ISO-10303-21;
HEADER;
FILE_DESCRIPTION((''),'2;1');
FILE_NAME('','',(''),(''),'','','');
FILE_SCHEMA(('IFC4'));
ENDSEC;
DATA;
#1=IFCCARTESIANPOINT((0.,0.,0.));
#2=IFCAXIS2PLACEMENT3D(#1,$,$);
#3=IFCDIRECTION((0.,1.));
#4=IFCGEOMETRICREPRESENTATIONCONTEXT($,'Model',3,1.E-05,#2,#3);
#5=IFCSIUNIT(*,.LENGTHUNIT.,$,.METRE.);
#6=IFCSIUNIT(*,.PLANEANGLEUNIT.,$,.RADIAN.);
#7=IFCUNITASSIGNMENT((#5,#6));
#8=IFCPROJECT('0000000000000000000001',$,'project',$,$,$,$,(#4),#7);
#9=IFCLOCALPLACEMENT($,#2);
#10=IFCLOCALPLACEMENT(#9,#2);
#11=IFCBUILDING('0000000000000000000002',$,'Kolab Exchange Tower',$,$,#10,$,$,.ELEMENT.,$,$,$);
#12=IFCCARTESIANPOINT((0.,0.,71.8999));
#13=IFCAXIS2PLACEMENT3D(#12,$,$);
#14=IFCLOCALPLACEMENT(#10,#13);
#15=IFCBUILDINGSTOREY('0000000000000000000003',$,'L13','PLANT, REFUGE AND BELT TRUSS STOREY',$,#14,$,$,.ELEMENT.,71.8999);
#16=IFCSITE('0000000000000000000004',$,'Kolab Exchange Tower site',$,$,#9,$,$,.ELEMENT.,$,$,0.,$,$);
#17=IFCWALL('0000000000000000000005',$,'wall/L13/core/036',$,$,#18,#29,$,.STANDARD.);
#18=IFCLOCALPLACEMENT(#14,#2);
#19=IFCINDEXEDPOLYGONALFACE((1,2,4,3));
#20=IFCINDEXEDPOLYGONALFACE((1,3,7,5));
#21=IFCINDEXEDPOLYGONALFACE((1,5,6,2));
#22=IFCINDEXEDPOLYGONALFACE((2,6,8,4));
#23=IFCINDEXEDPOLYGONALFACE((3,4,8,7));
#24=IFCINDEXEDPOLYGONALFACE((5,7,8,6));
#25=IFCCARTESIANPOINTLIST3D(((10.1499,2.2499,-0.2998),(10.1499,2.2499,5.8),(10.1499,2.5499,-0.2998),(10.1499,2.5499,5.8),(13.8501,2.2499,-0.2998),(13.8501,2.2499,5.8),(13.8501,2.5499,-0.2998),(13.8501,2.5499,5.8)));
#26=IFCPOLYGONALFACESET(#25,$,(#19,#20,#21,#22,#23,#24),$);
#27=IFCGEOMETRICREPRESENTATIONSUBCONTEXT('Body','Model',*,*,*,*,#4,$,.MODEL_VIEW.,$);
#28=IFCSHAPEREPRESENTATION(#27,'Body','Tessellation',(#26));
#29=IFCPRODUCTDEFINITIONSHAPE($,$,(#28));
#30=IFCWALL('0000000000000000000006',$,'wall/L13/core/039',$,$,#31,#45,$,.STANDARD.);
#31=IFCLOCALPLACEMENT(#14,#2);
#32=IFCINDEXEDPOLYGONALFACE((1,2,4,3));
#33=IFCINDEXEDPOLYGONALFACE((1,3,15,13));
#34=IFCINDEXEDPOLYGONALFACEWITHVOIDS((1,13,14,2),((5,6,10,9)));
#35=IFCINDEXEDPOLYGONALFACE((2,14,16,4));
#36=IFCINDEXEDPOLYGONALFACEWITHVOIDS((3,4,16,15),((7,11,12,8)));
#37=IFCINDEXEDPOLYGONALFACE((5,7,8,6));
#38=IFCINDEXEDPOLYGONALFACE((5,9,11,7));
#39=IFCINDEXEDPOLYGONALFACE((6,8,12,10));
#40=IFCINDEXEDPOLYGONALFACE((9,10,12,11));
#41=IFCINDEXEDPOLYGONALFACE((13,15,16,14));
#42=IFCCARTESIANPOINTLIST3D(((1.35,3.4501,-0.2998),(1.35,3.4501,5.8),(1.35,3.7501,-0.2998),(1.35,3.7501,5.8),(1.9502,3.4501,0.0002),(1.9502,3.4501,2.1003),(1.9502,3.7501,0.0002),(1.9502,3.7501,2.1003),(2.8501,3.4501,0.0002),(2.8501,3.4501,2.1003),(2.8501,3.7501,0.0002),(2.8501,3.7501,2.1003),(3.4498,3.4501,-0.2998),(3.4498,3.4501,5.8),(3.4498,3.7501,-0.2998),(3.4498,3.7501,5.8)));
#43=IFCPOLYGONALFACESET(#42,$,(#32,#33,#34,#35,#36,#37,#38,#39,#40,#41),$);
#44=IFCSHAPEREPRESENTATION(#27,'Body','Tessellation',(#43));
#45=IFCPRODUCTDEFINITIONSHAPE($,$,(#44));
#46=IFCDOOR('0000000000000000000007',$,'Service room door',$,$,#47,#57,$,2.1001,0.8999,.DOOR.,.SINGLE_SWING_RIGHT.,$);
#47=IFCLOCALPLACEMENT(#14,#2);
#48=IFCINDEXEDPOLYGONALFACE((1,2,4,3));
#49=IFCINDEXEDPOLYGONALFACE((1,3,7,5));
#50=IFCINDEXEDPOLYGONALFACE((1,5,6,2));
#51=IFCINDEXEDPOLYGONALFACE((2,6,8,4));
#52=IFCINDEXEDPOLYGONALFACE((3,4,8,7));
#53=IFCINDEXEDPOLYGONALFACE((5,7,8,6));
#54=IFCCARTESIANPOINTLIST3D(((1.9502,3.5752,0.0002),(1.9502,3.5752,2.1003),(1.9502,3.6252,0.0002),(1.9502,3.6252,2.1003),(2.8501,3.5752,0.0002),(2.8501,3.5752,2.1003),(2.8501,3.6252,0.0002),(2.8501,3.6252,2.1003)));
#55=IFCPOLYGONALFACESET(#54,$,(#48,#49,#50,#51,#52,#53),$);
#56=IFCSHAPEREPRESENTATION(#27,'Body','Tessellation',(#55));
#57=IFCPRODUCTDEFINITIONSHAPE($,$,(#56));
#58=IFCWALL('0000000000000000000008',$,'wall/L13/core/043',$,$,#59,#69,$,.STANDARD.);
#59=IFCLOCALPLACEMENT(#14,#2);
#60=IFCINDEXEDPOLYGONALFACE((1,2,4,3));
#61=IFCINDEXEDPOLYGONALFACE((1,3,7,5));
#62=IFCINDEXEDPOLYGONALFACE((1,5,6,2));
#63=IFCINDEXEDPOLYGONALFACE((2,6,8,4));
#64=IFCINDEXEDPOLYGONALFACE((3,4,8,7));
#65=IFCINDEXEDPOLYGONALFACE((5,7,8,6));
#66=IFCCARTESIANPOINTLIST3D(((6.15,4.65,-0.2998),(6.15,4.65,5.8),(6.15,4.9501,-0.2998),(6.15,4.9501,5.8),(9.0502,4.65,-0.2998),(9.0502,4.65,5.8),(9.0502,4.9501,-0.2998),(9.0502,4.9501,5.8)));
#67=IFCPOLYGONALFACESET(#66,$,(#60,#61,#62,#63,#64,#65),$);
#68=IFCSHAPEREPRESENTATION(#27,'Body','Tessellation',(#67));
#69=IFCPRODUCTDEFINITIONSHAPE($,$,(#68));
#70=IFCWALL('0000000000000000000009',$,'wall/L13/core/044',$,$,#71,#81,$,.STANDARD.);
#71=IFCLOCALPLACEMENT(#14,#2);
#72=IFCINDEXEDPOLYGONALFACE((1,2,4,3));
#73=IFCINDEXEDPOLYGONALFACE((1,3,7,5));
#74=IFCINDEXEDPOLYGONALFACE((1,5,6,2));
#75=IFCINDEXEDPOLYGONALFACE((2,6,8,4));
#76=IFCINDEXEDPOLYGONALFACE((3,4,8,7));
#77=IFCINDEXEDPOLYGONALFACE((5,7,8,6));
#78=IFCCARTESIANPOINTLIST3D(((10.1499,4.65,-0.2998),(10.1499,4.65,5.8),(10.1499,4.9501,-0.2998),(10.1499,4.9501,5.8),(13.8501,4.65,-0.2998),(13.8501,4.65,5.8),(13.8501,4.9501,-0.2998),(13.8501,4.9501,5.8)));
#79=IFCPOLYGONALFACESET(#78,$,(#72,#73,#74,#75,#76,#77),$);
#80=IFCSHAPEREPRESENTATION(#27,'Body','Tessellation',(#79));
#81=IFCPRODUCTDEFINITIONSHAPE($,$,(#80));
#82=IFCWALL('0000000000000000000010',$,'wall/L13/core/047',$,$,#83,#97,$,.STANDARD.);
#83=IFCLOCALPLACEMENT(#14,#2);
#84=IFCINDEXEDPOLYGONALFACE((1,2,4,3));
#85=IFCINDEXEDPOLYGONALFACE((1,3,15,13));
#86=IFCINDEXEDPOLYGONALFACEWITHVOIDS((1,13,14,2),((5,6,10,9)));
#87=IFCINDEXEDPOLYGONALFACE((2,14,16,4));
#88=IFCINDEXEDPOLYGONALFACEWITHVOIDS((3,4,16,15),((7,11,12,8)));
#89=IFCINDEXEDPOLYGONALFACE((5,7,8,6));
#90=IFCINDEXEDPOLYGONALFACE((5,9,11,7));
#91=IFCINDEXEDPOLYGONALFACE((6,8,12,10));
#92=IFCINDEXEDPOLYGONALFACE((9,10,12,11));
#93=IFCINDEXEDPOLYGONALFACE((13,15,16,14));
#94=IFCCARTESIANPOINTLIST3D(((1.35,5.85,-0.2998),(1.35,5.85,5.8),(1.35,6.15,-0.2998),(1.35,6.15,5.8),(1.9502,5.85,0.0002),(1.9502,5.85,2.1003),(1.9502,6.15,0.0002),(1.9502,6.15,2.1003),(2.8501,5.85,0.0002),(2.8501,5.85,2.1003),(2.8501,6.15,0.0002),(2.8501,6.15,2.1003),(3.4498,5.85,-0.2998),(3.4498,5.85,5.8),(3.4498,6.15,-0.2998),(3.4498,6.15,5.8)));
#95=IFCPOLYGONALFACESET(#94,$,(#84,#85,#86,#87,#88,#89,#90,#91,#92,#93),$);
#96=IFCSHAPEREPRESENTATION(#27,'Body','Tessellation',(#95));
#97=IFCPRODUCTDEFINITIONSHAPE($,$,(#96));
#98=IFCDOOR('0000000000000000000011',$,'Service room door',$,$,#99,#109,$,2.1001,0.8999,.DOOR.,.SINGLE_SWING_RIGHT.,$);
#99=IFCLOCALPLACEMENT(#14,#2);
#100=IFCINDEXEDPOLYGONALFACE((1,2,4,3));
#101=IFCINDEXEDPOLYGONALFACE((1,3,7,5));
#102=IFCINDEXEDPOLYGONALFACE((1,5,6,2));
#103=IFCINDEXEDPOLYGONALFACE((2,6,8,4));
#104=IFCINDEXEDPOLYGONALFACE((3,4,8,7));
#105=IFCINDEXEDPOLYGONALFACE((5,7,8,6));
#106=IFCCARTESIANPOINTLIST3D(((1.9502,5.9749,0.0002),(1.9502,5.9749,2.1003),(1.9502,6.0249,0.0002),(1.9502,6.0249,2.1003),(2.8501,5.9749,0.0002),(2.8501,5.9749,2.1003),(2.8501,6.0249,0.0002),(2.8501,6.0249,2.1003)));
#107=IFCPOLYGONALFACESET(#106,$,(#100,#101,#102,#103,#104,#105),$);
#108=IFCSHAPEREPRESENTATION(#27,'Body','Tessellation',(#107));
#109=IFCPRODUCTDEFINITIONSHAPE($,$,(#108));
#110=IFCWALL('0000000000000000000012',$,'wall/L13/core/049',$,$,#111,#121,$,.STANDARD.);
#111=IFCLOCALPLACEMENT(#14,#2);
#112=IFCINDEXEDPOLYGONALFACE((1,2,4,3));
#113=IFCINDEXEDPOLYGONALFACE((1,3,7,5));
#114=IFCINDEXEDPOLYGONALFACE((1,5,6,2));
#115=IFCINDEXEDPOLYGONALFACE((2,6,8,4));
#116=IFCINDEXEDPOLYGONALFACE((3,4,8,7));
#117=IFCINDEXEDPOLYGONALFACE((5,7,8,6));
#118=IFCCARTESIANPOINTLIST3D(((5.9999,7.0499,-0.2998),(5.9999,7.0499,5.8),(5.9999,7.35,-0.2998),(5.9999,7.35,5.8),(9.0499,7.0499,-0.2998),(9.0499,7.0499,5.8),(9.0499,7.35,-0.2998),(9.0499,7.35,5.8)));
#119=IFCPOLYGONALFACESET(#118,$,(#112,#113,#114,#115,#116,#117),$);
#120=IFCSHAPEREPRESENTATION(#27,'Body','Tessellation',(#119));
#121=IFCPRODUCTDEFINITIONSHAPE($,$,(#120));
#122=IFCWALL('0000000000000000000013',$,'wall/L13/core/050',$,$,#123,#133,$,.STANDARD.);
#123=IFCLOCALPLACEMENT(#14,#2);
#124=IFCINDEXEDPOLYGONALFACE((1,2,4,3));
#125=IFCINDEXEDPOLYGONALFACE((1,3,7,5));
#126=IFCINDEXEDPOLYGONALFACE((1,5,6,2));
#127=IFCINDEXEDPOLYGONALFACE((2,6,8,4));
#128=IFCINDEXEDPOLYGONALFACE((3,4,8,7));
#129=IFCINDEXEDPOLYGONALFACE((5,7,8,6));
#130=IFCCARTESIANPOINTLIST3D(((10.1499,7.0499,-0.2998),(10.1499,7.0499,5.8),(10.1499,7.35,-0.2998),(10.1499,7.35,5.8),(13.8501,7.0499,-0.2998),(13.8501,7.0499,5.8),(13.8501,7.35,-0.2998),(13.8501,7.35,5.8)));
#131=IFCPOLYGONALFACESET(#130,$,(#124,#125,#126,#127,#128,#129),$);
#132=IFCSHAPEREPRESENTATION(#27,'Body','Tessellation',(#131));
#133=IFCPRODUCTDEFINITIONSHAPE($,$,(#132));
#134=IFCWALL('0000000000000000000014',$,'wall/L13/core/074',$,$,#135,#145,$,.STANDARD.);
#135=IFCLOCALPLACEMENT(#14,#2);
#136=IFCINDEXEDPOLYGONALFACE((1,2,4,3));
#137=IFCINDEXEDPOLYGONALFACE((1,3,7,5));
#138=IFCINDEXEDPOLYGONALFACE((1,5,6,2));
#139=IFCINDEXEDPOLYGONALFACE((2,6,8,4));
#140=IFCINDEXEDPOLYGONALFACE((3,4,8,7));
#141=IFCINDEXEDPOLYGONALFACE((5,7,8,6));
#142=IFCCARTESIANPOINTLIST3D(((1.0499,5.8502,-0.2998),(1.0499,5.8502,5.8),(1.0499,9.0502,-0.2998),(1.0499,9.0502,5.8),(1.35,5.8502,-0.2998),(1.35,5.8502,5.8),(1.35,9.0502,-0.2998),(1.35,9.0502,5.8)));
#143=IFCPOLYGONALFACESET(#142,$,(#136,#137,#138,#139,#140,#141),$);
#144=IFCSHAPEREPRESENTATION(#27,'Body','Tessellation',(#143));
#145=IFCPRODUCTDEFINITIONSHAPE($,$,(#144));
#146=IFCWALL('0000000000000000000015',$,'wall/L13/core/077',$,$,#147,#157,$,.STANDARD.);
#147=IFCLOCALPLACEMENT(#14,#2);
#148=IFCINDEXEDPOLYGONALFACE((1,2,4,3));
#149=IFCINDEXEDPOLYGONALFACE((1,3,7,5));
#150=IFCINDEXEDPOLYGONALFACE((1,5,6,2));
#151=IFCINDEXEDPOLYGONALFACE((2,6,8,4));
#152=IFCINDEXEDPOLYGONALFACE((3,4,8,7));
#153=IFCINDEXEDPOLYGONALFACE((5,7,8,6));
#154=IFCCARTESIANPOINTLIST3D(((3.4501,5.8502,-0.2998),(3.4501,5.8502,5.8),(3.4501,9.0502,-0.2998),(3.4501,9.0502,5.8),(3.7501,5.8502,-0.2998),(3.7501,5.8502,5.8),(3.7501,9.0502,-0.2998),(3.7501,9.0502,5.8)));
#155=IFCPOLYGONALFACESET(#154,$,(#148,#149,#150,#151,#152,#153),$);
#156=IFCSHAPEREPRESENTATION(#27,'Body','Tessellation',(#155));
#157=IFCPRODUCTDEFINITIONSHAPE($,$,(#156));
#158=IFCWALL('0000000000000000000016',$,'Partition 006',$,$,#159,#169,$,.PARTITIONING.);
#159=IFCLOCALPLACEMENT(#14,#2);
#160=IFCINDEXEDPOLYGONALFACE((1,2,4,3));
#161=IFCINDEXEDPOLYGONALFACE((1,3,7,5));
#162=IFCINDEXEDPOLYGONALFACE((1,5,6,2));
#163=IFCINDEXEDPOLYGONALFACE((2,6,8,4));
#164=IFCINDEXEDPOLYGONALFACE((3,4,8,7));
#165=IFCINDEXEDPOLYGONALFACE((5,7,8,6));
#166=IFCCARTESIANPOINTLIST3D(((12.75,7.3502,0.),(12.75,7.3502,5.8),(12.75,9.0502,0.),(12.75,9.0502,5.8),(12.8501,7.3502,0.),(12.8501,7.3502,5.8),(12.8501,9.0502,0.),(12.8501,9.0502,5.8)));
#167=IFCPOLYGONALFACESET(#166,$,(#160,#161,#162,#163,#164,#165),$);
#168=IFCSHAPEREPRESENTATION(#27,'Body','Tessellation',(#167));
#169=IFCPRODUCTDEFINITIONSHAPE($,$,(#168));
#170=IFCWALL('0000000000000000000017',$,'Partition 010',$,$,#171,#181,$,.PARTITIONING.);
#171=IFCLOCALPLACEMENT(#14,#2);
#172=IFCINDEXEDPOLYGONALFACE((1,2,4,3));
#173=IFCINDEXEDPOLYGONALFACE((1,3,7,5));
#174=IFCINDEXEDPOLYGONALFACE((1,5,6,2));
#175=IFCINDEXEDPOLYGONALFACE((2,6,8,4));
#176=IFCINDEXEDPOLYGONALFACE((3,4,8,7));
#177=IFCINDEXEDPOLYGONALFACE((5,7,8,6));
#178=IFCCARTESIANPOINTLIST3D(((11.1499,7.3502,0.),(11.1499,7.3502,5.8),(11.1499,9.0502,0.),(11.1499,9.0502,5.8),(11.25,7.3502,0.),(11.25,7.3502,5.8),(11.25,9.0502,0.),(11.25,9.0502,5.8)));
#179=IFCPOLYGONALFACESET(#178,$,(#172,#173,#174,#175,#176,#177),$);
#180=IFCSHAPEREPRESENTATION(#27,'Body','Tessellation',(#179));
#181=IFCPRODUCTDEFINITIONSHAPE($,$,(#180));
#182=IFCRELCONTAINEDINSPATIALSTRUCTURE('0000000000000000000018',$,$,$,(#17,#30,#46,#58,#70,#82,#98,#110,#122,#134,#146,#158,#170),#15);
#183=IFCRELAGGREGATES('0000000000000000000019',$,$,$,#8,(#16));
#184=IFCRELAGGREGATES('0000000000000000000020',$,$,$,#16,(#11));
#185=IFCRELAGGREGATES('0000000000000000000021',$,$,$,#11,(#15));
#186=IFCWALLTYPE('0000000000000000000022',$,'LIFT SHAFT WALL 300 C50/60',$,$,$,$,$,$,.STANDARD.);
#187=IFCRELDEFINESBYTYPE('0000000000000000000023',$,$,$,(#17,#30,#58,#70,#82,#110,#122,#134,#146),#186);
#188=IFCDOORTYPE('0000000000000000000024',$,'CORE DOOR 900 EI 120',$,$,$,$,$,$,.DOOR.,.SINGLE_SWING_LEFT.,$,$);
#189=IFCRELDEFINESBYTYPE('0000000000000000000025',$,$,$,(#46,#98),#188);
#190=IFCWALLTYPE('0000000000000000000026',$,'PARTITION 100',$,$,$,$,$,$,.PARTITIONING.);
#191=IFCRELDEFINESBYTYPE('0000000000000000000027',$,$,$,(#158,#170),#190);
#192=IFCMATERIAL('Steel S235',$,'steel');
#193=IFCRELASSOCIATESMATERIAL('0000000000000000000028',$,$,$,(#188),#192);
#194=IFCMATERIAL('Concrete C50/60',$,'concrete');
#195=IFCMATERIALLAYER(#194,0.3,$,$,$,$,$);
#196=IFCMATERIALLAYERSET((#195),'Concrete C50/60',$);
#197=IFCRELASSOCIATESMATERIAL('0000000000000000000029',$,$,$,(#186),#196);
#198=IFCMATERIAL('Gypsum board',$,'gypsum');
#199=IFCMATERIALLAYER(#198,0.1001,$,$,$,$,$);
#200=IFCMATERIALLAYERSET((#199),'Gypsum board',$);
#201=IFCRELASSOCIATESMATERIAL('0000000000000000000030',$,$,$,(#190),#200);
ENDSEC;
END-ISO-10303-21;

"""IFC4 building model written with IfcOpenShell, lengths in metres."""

from ifc_helpers import new_model, si_unit, direction, frame, frame_2d, origin, place, context, subcontext, project, spatial, rectangle, extrude, material, layer, layer_set, type_object, element, fill, save


model = new_model("IFC4")

# Units and contexts
model_context = context("Model", 3, precision=1e-05, world=origin(), true_north=direction((0.0, 1.0)))
body_context = subcontext(model_context, "Body", "Model", "MODEL_VIEW")
ifc_project = project(units=[si_unit("LENGTHUNIT", "METRE"), si_unit("PLANEANGLEUNIT", "RADIAN")], contexts=[model_context])

# Site, building, storey
site_placement = place(None, origin())
site = spatial("IfcSite", under=ifc_project, at=site_placement, Name="Kolab Exchange Tower site", CompositionType="ELEMENT", RefElevation=0.0)
building_placement = place(site_placement, origin())
building = spatial("IfcBuilding", under=site, at=building_placement, Name="Kolab Exchange Tower", CompositionType="ELEMENT")
storey_placement = place(building_placement, frame((0.0, 0.0, 71.8999)))
storey = spatial("IfcBuildingStorey", under=building, at=storey_placement, Name="L13", Description="PLANT, REFUGE AND BELT TRUSS STOREY", CompositionType="ELEMENT", Elevation=71.8999)

# Shared definitions
ifc_material_1 = material(Name="Steel S235", Category="steel")
door_type = type_object("IfcDoorType", Name="CORE DOOR 900 EI 120", OperationType="SINGLE_SWING_LEFT", PredefinedType="DOOR", material=ifc_material_1)

# Wall
ifc_material_2 = material(Name="Concrete C50/60", Category="concrete")
ifc_layer_1 = layer(ifc_material_2, 0.3)
ifc_layer_set_1 = layer_set([ifc_layer_1], Name="Concrete C50/60")
wall_type_1 = type_object("IfcWallType", Name="LIFT SHAFT WALL 300 C50/60", PredefinedType="STANDARD", material=ifc_layer_set_1)
wall_1_placement = place(storey_placement, frame((10.1499, 2.3999, -0.2998), z_axis=(0.0, 0.0, 1.0), x_axis=(1.0, 0.0, 0.0)))
element("IfcWall", 1, at=wall_1_placement, inside=storey, type_object=wall_type_1, Name="wall/L13/core/036", PredefinedType="STANDARD", context=body_context, shape_type="SweptSolid", body=[
    extrude(rectangle(XDim=3.7002, YDim=0.3, at=frame_2d((1.8501, 0.0))), origin(), (0.0, 0.0, 1.0), 6.0999),
])

# Wall, opening, door
wall_2_placement = place(storey_placement, frame((1.3501, 3.6001, -0.2998), z_axis=(0.0, 0.0, 1.0), x_axis=(1.0, 0.0, 0.0)))
wall_2 = element("IfcWall", 2, at=wall_2_placement, inside=storey, type_object=wall_type_1, Name="wall/L13/core/039", PredefinedType="STANDARD", context=body_context, shape_type="SweptSolid", body=[
    extrude(rectangle(XDim=2.0999, YDim=0.3, at=frame_2d((1.0498, 0.0))), origin(), (0.0, 0.0, 1.0), 6.0999),
])
opening_1_placement = place(wall_2_placement, frame((0.6001, 0.0, 0.3)))
opening_1 = element("IfcOpeningElement", 3, at=opening_1_placement, cuts=wall_2, PredefinedType="OPENING", context=body_context, shape_type="SweptSolid", body=[
    extrude(rectangle(XDim=0.8999, YDim=2.1001, at=frame_2d((0.45, 1.05))), frame((0.0, 0.1602, 0.0), z_axis=(0.0, -1.0, 0.0), x_axis=(1.0, 0.0, 0.0)), (0.0, 0.0, 1.0), 0.3201),
])
door_1_placement = place(opening_1_placement, frame((0.8999, 0.0, 0.0), z_axis=(0.0, 0.0, 1.0), x_axis=(-1.0, 0.0, 0.0)))
door_1 = element("IfcDoor", 4, at=door_1_placement, inside=storey, type_object=door_type, Name="Service room door", OperationType="SINGLE_SWING_RIGHT", OverallHeight=2.1001, OverallWidth=0.8999, PredefinedType="DOOR", context=body_context, shape_type="SweptSolid", body=[
    extrude(rectangle(XDim=0.8999, YDim=2.1001, at=frame_2d((0.45, 1.05))), frame((0.0, 0.0249, 0.0), z_axis=(0.0, -1.0, 0.0), x_axis=(1.0, 0.0, 0.0)), (0.0, 0.0, 1.0), 0.05),
])
fill(opening_1, door_1)

# Walls
wall_3_placement = place(storey_placement, frame((6.1499, 4.8, -0.2998), z_axis=(0.0, 0.0, 1.0), x_axis=(1.0, 0.0, 0.0)))
element("IfcWall", 5, at=wall_3_placement, inside=storey, type_object=wall_type_1, Name="wall/L13/core/043", PredefinedType="STANDARD", context=body_context, shape_type="SweptSolid", body=[
    extrude(rectangle(XDim=2.9001, YDim=0.3, at=frame_2d((1.4502, 0.0))), origin(), (0.0, 0.0, 1.0), 6.0999),
])
wall_4_placement = place(storey_placement, frame((10.1499, 4.8, -0.2998), z_axis=(0.0, 0.0, 1.0), x_axis=(1.0, 0.0, 0.0)))
element("IfcWall", 6, at=wall_4_placement, inside=storey, type_object=wall_type_1, Name="wall/L13/core/044", PredefinedType="STANDARD", context=body_context, shape_type="SweptSolid", body=[
    extrude(rectangle(XDim=3.7002, YDim=0.3, at=frame_2d((1.8501, 0.0))), origin(), (0.0, 0.0, 1.0), 6.0999),
])

# Wall, opening, door
wall_5_placement = place(storey_placement, frame((1.3501, 6.0, -0.2998), z_axis=(0.0, 0.0, 1.0), x_axis=(1.0, 0.0, 0.0)))
wall_5 = element("IfcWall", 7, at=wall_5_placement, inside=storey, type_object=wall_type_1, Name="wall/L13/core/047", PredefinedType="STANDARD", context=body_context, shape_type="SweptSolid", body=[
    extrude(rectangle(XDim=2.0999, YDim=0.3, at=frame_2d((1.0498, 0.0))), origin(), (0.0, 0.0, 1.0), 6.0999),
])
opening_2_placement = place(wall_5_placement, frame((0.6001, 0.0, 0.3)))
opening_2 = element("IfcOpeningElement", 8, at=opening_2_placement, cuts=wall_5, PredefinedType="OPENING", context=body_context, shape_type="SweptSolid", body=[
    extrude(rectangle(XDim=0.8999, YDim=2.1001, at=frame_2d((0.45, 1.05))), frame((0.0, 0.1602, 0.0), z_axis=(0.0, -1.0, 0.0), x_axis=(1.0, 0.0, 0.0)), (0.0, 0.0, 1.0), 0.3201),
])
door_2_placement = place(opening_2_placement, origin())
door_2 = element("IfcDoor", 9, at=door_2_placement, inside=storey, type_object=door_type, Name="Service room door", OperationType="SINGLE_SWING_RIGHT", OverallHeight=2.1001, OverallWidth=0.8999, PredefinedType="DOOR", context=body_context, shape_type="SweptSolid", body=[
    extrude(rectangle(XDim=0.8999, YDim=2.1001, at=frame_2d((0.45, 1.05))), frame((0.0, 0.0249, 0.0), z_axis=(0.0, -1.0, 0.0), x_axis=(1.0, 0.0, 0.0)), (0.0, 0.0, 1.0), 0.05),
])
fill(opening_2, door_2)

# Walls
wall_6_placement = place(storey_placement, frame((6.0, 7.2, -0.2998), z_axis=(0.0, 0.0, 1.0), x_axis=(1.0, 0.0, 0.0)))
element("IfcWall", 10, at=wall_6_placement, inside=storey, type_object=wall_type_1, Name="wall/L13/core/049", PredefinedType="STANDARD", context=body_context, shape_type="SweptSolid", body=[
    extrude(rectangle(XDim=3.05, YDim=0.3, at=frame_2d((1.5249, 0.0))), origin(), (0.0, 0.0, 1.0), 6.0999),
])
wall_7_placement = place(storey_placement, frame((10.1499, 7.2, -0.2998), z_axis=(0.0, 0.0, 1.0), x_axis=(1.0, 0.0, 0.0)))
element("IfcWall", 11, at=wall_7_placement, inside=storey, type_object=wall_type_1, Name="wall/L13/core/050", PredefinedType="STANDARD", context=body_context, shape_type="SweptSolid", body=[
    extrude(rectangle(XDim=3.7002, YDim=0.3, at=frame_2d((1.8501, 0.0))), origin(), (0.0, 0.0, 1.0), 6.0999),
])
for number, where, z_axis, x_axis, name in (
    (12, (1.2, 5.8501, -0.2998), (0.0, 0.0, 1.0), (0.0, 1.0, 0.0), "wall/L13/core/074"),
    (13, (3.6001, 5.8501, -0.2998), (0.0, 0.0, 1.0), (0.0, 1.0, 0.0), "wall/L13/core/077"),
):
    element("IfcWall", number, at=place(storey_placement, frame(where, z_axis=z_axis, x_axis=x_axis)), inside=storey, type_object=wall_type_1, Name=name, PredefinedType="STANDARD", context=body_context, shape_type="SweptSolid", body=[
        extrude(rectangle(XDim=3.2, YDim=0.3, at=frame_2d((1.6001, 0.0))), origin(), (0.0, 0.0, 1.0), 6.0999),
    ])
ifc_material_3 = material(Name="Gypsum board", Category="gypsum")
ifc_layer_2 = layer(ifc_material_3, 0.1001)
ifc_layer_set_2 = layer_set([ifc_layer_2], Name="Gypsum board")
wall_type_2 = type_object("IfcWallType", Name="PARTITION 100", PredefinedType="PARTITIONING", material=ifc_layer_set_2)
for number, where, z_axis, x_axis, name in (
    (14, (12.8, 7.3501, 0.0), (0.0, 0.0, 1.0), (0.0, 1.0, 0.0), "Partition 006"),
    (15, (11.2, 7.3501, 0.0), (0.0, 0.0, 1.0), (0.0, 1.0, 0.0), "Partition 010"),
):
    element("IfcWall", number, at=place(storey_placement, frame(where, z_axis=z_axis, x_axis=x_axis)), inside=storey, type_object=wall_type_2, Name=name, PredefinedType="PARTITIONING", context=body_context, shape_type="SweptSolid", body=[
        extrude(rectangle(XDim=1.7, YDim=0.1001, at=frame_2d((0.8501, 0.0))), origin(), (0.0, 0.0, 1.0), 5.8),
    ])

save(model, "model.ifc")
